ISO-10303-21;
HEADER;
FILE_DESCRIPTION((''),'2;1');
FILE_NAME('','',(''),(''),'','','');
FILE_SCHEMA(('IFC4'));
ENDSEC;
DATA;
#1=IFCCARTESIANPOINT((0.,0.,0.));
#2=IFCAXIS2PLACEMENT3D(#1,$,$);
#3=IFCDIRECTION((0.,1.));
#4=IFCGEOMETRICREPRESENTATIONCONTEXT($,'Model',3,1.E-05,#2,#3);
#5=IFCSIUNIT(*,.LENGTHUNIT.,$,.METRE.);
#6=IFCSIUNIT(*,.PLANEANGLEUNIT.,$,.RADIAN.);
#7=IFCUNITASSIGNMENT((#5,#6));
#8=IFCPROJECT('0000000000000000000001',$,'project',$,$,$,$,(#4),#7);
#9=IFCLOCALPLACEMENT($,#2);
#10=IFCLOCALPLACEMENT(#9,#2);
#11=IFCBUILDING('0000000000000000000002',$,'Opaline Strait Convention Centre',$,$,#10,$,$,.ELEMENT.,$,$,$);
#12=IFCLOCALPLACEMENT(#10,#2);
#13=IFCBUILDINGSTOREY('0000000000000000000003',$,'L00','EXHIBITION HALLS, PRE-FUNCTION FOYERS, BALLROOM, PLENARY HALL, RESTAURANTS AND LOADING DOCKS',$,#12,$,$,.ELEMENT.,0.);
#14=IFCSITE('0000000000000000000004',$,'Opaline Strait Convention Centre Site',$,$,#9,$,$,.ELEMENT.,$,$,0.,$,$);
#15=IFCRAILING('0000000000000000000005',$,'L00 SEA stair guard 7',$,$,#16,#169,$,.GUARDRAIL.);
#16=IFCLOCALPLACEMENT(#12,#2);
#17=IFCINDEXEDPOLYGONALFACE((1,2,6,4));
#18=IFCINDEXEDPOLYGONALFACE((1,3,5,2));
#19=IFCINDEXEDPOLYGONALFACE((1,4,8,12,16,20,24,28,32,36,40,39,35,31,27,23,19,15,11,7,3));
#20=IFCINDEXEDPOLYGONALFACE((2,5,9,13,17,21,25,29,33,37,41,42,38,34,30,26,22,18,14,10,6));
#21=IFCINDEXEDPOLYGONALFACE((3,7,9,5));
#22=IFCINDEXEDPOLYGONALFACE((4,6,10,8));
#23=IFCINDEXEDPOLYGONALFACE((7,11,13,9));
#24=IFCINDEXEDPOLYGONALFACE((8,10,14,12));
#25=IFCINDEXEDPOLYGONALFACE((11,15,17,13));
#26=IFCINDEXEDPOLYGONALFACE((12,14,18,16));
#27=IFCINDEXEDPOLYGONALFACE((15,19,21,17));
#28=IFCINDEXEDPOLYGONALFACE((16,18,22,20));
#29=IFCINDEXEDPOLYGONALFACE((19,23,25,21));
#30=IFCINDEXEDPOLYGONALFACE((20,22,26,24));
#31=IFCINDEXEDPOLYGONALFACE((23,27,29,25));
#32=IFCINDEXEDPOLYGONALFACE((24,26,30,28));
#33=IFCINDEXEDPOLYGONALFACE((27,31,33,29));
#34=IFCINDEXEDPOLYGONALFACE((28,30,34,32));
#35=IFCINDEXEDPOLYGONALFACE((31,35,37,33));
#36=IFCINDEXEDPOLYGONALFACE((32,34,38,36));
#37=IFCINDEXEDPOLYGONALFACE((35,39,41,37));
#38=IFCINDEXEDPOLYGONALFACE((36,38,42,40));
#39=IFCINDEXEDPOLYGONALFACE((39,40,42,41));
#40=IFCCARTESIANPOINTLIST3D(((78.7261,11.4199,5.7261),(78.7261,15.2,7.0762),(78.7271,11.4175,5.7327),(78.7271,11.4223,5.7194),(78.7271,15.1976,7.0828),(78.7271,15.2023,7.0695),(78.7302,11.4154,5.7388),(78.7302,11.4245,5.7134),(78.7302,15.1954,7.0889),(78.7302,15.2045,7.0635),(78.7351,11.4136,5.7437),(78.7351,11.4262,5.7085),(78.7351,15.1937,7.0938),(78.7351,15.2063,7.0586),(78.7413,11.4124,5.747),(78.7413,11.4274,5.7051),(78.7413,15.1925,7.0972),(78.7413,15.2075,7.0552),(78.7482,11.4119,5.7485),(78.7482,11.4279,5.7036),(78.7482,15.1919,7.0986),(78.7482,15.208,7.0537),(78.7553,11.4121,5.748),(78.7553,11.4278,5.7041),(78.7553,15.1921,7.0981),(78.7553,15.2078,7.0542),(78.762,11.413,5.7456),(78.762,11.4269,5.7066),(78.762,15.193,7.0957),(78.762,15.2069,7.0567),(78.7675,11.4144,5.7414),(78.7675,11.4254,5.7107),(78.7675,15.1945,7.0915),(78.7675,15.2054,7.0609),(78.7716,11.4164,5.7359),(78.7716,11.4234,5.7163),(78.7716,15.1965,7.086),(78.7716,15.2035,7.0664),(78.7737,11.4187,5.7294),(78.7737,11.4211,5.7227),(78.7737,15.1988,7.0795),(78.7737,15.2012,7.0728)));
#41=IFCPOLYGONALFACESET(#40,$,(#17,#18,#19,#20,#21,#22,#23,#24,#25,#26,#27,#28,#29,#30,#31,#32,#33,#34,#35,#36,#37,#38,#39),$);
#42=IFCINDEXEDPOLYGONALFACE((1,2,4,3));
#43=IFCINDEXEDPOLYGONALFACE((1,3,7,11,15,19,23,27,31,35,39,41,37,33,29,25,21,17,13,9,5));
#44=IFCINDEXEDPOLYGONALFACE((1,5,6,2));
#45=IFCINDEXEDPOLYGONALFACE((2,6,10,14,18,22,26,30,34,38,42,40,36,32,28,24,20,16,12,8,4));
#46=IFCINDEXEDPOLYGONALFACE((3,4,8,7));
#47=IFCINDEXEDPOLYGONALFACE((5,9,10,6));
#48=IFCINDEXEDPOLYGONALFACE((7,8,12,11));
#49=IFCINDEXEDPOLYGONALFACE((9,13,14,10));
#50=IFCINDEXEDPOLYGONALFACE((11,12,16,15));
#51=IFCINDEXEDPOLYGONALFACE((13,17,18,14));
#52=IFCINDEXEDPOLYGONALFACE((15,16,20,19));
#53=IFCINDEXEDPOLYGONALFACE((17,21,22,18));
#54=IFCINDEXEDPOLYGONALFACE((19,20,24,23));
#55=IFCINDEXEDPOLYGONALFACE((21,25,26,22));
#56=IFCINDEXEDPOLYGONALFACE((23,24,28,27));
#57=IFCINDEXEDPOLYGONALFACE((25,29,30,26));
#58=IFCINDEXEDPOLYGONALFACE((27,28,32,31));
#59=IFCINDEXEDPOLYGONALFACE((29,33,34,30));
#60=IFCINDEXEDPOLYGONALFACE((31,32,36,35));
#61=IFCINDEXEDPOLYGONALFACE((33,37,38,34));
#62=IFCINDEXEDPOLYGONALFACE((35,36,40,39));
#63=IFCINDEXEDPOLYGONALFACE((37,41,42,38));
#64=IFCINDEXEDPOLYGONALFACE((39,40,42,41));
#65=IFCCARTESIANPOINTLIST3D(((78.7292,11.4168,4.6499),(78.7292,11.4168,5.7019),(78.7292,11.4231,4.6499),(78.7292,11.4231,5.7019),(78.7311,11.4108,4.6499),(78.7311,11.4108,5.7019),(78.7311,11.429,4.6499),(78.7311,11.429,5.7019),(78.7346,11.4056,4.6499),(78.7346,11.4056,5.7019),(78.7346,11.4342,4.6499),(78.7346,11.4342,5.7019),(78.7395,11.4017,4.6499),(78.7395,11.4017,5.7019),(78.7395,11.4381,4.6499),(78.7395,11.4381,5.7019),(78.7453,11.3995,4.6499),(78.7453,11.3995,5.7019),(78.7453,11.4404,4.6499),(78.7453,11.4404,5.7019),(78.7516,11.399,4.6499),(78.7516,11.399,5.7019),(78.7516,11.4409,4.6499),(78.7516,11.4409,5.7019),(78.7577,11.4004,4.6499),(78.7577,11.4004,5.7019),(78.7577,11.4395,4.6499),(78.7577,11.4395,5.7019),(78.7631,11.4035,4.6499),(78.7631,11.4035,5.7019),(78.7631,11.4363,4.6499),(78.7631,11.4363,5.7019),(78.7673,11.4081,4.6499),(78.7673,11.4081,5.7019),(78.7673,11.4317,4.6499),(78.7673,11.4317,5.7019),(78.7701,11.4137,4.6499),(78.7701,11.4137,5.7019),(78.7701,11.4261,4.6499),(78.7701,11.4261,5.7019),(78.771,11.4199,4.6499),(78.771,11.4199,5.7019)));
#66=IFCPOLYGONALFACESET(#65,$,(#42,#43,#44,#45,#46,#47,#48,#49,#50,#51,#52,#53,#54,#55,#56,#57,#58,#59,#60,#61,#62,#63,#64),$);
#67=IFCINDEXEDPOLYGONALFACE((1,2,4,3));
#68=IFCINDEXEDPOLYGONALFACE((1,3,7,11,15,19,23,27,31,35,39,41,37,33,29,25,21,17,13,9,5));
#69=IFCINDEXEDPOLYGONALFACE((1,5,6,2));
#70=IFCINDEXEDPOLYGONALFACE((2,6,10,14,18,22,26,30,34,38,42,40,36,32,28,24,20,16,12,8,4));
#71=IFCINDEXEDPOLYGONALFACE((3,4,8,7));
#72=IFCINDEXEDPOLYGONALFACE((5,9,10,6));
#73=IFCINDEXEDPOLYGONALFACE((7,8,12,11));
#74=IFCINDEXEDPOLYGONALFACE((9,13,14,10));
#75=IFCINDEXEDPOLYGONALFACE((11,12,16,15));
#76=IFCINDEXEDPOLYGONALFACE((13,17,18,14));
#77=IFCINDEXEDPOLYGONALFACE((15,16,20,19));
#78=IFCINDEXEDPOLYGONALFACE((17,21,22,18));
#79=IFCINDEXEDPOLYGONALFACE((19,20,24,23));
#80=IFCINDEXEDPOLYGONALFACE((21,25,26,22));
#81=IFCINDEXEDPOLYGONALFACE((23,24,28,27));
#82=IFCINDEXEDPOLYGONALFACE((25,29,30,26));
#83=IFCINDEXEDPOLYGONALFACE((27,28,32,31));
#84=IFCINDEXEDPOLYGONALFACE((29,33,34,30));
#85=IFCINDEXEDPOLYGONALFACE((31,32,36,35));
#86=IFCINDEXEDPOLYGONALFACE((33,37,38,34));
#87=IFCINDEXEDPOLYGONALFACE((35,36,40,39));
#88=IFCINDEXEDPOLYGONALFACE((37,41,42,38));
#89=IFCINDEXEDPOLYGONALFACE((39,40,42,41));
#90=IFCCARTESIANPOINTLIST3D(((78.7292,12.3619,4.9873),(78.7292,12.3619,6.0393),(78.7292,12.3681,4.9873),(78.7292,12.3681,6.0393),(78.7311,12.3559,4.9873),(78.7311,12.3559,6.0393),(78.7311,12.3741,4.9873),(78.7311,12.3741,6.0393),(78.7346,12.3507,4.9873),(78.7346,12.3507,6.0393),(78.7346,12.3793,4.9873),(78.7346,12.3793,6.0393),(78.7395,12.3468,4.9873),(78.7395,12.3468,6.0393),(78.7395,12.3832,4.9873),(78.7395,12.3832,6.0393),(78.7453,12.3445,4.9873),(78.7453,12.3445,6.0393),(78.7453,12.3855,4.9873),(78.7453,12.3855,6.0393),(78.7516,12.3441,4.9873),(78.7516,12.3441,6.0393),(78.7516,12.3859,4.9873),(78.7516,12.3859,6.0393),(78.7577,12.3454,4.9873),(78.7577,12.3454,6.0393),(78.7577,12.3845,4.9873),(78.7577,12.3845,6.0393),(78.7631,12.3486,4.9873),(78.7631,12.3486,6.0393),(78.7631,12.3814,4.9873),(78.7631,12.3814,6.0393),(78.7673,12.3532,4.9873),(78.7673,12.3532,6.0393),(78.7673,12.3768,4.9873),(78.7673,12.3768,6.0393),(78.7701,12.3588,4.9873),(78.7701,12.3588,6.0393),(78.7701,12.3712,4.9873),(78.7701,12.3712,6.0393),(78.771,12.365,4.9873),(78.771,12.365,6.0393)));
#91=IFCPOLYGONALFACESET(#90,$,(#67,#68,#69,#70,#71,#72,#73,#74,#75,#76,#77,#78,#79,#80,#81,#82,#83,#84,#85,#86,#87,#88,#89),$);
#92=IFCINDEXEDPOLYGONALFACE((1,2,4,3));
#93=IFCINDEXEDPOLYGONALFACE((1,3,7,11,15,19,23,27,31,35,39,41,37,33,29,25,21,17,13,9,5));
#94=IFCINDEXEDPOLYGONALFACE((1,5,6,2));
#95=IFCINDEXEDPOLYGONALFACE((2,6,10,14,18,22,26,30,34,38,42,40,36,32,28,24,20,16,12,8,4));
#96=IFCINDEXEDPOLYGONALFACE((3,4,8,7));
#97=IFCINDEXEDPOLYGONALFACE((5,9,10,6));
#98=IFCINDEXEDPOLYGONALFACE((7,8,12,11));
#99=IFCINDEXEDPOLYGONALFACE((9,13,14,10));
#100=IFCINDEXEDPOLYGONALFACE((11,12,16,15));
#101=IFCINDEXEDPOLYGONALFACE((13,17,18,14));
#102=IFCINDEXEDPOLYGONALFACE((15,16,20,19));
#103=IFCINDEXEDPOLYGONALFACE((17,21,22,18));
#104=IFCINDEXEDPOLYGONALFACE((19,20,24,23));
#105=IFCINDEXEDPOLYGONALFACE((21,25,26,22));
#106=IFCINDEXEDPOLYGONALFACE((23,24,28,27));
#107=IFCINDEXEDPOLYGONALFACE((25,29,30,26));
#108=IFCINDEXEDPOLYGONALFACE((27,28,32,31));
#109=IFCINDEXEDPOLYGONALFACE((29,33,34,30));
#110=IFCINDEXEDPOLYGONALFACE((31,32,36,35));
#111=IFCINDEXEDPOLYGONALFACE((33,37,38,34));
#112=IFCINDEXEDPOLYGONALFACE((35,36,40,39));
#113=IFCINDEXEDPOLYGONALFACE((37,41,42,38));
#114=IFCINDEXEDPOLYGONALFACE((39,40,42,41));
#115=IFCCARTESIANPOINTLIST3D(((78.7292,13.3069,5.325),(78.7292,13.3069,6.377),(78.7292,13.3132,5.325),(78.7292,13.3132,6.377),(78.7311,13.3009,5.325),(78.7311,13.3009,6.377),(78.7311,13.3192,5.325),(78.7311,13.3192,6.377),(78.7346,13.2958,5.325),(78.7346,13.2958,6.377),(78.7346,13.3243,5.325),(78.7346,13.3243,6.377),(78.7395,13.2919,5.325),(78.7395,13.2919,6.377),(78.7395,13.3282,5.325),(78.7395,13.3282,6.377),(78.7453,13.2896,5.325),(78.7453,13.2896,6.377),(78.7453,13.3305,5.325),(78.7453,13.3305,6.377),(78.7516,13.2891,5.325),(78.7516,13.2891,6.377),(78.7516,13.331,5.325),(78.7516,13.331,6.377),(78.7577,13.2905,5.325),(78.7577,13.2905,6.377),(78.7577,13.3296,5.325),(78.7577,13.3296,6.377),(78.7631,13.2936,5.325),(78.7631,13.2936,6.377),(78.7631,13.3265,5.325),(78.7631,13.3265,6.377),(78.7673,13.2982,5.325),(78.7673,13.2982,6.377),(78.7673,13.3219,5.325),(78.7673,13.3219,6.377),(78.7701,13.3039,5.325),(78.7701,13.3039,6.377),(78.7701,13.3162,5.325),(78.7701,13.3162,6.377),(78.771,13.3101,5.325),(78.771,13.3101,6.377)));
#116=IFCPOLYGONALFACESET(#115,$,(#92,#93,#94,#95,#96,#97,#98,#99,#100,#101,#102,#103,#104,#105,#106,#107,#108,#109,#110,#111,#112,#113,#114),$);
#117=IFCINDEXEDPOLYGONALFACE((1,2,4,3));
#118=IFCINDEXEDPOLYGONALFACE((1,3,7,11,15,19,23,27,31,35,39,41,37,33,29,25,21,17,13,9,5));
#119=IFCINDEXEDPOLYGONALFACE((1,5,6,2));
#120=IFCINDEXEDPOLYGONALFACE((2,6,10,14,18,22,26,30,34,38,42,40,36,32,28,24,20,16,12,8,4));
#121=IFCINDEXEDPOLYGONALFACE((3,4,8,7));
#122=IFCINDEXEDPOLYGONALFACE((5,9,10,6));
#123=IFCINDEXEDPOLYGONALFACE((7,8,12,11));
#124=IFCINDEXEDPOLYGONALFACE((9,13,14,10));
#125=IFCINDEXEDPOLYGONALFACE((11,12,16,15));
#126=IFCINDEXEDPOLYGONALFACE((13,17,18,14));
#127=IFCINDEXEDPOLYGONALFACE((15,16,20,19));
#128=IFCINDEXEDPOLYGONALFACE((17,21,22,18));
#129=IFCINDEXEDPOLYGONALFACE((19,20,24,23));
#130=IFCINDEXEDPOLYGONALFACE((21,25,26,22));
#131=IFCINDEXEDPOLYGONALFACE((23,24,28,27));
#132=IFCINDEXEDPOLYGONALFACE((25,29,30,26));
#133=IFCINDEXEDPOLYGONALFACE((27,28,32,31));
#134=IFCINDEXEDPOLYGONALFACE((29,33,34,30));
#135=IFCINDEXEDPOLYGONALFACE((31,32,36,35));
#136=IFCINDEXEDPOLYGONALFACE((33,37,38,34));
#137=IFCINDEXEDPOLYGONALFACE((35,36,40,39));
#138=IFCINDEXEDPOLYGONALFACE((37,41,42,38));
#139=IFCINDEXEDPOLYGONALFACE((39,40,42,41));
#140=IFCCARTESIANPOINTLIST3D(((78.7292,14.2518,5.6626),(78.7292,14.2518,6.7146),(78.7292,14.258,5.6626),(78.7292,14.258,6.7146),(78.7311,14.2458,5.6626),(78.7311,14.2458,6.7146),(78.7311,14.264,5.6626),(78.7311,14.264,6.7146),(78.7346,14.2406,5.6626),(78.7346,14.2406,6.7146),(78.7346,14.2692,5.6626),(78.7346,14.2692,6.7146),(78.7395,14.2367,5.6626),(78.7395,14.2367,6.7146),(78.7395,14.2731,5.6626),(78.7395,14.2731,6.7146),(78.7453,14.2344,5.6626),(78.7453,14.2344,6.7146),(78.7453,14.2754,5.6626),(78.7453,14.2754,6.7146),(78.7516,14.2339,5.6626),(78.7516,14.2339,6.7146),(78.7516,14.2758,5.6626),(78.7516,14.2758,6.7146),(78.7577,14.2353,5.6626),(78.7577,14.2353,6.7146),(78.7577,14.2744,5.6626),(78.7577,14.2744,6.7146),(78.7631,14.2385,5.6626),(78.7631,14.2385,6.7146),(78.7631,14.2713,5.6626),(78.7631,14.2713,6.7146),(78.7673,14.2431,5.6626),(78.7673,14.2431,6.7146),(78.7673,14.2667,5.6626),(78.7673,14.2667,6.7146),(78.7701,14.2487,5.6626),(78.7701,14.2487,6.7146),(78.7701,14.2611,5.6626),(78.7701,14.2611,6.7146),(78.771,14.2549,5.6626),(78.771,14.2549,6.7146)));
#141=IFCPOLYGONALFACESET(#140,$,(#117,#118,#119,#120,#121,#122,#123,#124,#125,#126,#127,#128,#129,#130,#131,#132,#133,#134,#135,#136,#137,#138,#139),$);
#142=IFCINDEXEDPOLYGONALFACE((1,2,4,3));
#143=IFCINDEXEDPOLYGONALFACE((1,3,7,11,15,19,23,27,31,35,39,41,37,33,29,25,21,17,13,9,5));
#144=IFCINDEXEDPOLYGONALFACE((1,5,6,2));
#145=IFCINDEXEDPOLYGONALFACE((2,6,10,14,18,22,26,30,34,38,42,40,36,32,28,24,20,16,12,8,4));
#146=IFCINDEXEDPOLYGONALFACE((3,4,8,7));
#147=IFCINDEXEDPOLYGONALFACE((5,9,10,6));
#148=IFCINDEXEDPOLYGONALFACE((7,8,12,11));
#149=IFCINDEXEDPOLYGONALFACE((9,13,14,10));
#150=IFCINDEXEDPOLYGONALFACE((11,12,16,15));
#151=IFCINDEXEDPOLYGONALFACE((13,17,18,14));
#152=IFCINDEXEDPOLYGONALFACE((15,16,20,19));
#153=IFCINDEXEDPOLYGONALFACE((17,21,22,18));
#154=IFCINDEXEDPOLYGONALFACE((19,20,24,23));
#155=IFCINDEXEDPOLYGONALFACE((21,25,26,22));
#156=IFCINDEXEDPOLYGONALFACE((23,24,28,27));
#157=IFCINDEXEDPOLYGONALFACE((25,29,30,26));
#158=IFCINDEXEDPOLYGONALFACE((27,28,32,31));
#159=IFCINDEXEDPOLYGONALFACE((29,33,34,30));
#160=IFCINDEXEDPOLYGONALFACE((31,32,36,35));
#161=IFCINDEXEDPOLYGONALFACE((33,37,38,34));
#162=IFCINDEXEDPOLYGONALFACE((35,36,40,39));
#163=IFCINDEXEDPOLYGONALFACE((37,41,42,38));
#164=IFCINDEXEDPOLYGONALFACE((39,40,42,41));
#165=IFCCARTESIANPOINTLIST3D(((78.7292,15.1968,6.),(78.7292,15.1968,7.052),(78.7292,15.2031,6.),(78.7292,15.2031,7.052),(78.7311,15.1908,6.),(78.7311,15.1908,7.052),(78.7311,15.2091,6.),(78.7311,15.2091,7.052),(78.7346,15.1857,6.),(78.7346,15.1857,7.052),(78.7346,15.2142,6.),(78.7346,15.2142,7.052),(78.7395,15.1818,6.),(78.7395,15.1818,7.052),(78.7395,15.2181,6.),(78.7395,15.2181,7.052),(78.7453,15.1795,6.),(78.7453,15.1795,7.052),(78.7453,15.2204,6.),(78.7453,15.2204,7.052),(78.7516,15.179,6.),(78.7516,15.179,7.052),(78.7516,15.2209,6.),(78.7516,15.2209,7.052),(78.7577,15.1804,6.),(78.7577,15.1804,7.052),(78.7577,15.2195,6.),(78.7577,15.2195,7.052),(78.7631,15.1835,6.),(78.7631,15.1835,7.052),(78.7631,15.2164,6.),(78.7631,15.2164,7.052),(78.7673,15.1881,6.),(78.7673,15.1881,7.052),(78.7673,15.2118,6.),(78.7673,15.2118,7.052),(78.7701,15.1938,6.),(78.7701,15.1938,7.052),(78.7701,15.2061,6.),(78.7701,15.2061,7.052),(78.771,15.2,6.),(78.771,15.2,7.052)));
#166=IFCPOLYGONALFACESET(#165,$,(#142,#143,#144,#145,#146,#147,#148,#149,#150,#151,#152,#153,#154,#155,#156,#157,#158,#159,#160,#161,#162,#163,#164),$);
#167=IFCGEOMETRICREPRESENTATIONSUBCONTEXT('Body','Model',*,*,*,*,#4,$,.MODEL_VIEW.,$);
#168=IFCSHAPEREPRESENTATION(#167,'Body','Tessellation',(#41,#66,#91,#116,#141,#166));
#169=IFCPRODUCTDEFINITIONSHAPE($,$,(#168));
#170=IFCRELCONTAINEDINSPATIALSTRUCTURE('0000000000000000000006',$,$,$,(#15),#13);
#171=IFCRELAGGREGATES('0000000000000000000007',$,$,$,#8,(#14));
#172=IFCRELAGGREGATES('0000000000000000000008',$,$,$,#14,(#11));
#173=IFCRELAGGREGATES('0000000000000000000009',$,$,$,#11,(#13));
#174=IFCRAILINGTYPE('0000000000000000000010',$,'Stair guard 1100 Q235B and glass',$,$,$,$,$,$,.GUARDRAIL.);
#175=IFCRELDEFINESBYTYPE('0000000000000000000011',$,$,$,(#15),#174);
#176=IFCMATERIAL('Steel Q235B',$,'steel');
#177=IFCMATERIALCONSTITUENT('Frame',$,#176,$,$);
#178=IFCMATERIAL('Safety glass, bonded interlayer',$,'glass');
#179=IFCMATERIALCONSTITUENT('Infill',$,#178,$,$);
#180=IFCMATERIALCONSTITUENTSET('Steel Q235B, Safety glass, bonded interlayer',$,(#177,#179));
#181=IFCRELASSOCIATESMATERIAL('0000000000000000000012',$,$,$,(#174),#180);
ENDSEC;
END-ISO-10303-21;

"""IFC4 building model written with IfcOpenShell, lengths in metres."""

from ifc_helpers import new_model, si_unit, direction, frame, origin, origin_2d, place, context, subcontext, project, spatial, circle, extrude, material, constituent, constituent_set, type_object, element, save


model = new_model("IFC4")

# Units and contexts
model_context = context("Model", 3, precision=1e-05, world=origin(), true_north=direction((0.0, 1.0)))
body_context = subcontext(model_context, "Body", "Model", "MODEL_VIEW")
ifc_project = project(units=[si_unit("LENGTHUNIT", "METRE"), si_unit("PLANEANGLEUNIT", "RADIAN")], contexts=[model_context])

# Site, building, storey
site_placement = place(None, origin())
site = spatial("IfcSite", under=ifc_project, at=site_placement, Name="Opaline Strait Convention Centre Site", CompositionType="ELEMENT", RefElevation=0.0)
building_placement = place(site_placement, origin())
building = spatial("IfcBuilding", under=site, at=building_placement, Name="Opaline Strait Convention Centre", CompositionType="ELEMENT")
storey_placement = place(building_placement, origin())
storey = spatial("IfcBuildingStorey", under=building, at=storey_placement, Name="L00", Description="EXHIBITION HALLS, PRE-FUNCTION FOYERS, BALLROOM, PLENARY HALL, RESTAURANTS AND LOADING DOCKS", CompositionType="ELEMENT", Elevation=0.0)

# Railing
ifc_material_1 = material(Name="Steel Q235B", Category="steel")
ifc_constituent_1 = constituent(ifc_material_1, Name="Frame")
ifc_material_2 = material(Name="Safety glass, bonded interlayer", Category="glass")
ifc_constituent_2 = constituent(ifc_material_2, Name="Infill")
ifc_constituent_set = constituent_set(constituents=[ifc_constituent_1, ifc_constituent_2], Name="Steel Q235B, Safety glass, bonded interlayer")
railing_type_1 = type_object("IfcRailingType", Name="Stair guard 1100 Q235B and glass", PredefinedType="GUARDRAIL", material=ifc_constituent_set)
railing_1_placement = place(storey_placement, frame((78.75, 11.4199, 4.6499)))
element("IfcRailing", 1, at=railing_1_placement, inside=storey, type_object=railing_type_1, Name="L00 SEA stair guard 7", PredefinedType="GUARDRAIL", context=body_context, shape_type="SweptSolid", body=[
    extrude(circle(Radius=0.0239, at=origin_2d()), frame((0.0, 0.0, 1.0762), z_axis=(0.0, 0.941735, 0.336356), x_axis=(-1.0, 0.0, 0.0)), (0.0, 0.0, 1.0), 4.0139),
    extrude(circle(Radius=0.021, at=origin_2d()), origin(), (0.0, 0.0, 1.0), 1.052),
    extrude(circle(Radius=0.021, at=origin_2d()), frame((0.0, 0.9451, 0.3374)), (0.0, 0.0, 1.0), 1.052),
    extrude(circle(Radius=0.021, at=origin_2d()), frame((0.0, 1.8901, 0.675)), (0.0, 0.0, 1.0), 1.052),
    extrude(circle(Radius=0.021, at=origin_2d()), frame((0.0, 2.835, 1.0127)), (0.0, 0.0, 1.0), 1.052),
    extrude(circle(Radius=0.021, at=origin_2d()), frame((0.0, 3.78, 1.3501)), (0.0, 0.0, 1.0), 1.052),
])

save(model, "model.ifc")
